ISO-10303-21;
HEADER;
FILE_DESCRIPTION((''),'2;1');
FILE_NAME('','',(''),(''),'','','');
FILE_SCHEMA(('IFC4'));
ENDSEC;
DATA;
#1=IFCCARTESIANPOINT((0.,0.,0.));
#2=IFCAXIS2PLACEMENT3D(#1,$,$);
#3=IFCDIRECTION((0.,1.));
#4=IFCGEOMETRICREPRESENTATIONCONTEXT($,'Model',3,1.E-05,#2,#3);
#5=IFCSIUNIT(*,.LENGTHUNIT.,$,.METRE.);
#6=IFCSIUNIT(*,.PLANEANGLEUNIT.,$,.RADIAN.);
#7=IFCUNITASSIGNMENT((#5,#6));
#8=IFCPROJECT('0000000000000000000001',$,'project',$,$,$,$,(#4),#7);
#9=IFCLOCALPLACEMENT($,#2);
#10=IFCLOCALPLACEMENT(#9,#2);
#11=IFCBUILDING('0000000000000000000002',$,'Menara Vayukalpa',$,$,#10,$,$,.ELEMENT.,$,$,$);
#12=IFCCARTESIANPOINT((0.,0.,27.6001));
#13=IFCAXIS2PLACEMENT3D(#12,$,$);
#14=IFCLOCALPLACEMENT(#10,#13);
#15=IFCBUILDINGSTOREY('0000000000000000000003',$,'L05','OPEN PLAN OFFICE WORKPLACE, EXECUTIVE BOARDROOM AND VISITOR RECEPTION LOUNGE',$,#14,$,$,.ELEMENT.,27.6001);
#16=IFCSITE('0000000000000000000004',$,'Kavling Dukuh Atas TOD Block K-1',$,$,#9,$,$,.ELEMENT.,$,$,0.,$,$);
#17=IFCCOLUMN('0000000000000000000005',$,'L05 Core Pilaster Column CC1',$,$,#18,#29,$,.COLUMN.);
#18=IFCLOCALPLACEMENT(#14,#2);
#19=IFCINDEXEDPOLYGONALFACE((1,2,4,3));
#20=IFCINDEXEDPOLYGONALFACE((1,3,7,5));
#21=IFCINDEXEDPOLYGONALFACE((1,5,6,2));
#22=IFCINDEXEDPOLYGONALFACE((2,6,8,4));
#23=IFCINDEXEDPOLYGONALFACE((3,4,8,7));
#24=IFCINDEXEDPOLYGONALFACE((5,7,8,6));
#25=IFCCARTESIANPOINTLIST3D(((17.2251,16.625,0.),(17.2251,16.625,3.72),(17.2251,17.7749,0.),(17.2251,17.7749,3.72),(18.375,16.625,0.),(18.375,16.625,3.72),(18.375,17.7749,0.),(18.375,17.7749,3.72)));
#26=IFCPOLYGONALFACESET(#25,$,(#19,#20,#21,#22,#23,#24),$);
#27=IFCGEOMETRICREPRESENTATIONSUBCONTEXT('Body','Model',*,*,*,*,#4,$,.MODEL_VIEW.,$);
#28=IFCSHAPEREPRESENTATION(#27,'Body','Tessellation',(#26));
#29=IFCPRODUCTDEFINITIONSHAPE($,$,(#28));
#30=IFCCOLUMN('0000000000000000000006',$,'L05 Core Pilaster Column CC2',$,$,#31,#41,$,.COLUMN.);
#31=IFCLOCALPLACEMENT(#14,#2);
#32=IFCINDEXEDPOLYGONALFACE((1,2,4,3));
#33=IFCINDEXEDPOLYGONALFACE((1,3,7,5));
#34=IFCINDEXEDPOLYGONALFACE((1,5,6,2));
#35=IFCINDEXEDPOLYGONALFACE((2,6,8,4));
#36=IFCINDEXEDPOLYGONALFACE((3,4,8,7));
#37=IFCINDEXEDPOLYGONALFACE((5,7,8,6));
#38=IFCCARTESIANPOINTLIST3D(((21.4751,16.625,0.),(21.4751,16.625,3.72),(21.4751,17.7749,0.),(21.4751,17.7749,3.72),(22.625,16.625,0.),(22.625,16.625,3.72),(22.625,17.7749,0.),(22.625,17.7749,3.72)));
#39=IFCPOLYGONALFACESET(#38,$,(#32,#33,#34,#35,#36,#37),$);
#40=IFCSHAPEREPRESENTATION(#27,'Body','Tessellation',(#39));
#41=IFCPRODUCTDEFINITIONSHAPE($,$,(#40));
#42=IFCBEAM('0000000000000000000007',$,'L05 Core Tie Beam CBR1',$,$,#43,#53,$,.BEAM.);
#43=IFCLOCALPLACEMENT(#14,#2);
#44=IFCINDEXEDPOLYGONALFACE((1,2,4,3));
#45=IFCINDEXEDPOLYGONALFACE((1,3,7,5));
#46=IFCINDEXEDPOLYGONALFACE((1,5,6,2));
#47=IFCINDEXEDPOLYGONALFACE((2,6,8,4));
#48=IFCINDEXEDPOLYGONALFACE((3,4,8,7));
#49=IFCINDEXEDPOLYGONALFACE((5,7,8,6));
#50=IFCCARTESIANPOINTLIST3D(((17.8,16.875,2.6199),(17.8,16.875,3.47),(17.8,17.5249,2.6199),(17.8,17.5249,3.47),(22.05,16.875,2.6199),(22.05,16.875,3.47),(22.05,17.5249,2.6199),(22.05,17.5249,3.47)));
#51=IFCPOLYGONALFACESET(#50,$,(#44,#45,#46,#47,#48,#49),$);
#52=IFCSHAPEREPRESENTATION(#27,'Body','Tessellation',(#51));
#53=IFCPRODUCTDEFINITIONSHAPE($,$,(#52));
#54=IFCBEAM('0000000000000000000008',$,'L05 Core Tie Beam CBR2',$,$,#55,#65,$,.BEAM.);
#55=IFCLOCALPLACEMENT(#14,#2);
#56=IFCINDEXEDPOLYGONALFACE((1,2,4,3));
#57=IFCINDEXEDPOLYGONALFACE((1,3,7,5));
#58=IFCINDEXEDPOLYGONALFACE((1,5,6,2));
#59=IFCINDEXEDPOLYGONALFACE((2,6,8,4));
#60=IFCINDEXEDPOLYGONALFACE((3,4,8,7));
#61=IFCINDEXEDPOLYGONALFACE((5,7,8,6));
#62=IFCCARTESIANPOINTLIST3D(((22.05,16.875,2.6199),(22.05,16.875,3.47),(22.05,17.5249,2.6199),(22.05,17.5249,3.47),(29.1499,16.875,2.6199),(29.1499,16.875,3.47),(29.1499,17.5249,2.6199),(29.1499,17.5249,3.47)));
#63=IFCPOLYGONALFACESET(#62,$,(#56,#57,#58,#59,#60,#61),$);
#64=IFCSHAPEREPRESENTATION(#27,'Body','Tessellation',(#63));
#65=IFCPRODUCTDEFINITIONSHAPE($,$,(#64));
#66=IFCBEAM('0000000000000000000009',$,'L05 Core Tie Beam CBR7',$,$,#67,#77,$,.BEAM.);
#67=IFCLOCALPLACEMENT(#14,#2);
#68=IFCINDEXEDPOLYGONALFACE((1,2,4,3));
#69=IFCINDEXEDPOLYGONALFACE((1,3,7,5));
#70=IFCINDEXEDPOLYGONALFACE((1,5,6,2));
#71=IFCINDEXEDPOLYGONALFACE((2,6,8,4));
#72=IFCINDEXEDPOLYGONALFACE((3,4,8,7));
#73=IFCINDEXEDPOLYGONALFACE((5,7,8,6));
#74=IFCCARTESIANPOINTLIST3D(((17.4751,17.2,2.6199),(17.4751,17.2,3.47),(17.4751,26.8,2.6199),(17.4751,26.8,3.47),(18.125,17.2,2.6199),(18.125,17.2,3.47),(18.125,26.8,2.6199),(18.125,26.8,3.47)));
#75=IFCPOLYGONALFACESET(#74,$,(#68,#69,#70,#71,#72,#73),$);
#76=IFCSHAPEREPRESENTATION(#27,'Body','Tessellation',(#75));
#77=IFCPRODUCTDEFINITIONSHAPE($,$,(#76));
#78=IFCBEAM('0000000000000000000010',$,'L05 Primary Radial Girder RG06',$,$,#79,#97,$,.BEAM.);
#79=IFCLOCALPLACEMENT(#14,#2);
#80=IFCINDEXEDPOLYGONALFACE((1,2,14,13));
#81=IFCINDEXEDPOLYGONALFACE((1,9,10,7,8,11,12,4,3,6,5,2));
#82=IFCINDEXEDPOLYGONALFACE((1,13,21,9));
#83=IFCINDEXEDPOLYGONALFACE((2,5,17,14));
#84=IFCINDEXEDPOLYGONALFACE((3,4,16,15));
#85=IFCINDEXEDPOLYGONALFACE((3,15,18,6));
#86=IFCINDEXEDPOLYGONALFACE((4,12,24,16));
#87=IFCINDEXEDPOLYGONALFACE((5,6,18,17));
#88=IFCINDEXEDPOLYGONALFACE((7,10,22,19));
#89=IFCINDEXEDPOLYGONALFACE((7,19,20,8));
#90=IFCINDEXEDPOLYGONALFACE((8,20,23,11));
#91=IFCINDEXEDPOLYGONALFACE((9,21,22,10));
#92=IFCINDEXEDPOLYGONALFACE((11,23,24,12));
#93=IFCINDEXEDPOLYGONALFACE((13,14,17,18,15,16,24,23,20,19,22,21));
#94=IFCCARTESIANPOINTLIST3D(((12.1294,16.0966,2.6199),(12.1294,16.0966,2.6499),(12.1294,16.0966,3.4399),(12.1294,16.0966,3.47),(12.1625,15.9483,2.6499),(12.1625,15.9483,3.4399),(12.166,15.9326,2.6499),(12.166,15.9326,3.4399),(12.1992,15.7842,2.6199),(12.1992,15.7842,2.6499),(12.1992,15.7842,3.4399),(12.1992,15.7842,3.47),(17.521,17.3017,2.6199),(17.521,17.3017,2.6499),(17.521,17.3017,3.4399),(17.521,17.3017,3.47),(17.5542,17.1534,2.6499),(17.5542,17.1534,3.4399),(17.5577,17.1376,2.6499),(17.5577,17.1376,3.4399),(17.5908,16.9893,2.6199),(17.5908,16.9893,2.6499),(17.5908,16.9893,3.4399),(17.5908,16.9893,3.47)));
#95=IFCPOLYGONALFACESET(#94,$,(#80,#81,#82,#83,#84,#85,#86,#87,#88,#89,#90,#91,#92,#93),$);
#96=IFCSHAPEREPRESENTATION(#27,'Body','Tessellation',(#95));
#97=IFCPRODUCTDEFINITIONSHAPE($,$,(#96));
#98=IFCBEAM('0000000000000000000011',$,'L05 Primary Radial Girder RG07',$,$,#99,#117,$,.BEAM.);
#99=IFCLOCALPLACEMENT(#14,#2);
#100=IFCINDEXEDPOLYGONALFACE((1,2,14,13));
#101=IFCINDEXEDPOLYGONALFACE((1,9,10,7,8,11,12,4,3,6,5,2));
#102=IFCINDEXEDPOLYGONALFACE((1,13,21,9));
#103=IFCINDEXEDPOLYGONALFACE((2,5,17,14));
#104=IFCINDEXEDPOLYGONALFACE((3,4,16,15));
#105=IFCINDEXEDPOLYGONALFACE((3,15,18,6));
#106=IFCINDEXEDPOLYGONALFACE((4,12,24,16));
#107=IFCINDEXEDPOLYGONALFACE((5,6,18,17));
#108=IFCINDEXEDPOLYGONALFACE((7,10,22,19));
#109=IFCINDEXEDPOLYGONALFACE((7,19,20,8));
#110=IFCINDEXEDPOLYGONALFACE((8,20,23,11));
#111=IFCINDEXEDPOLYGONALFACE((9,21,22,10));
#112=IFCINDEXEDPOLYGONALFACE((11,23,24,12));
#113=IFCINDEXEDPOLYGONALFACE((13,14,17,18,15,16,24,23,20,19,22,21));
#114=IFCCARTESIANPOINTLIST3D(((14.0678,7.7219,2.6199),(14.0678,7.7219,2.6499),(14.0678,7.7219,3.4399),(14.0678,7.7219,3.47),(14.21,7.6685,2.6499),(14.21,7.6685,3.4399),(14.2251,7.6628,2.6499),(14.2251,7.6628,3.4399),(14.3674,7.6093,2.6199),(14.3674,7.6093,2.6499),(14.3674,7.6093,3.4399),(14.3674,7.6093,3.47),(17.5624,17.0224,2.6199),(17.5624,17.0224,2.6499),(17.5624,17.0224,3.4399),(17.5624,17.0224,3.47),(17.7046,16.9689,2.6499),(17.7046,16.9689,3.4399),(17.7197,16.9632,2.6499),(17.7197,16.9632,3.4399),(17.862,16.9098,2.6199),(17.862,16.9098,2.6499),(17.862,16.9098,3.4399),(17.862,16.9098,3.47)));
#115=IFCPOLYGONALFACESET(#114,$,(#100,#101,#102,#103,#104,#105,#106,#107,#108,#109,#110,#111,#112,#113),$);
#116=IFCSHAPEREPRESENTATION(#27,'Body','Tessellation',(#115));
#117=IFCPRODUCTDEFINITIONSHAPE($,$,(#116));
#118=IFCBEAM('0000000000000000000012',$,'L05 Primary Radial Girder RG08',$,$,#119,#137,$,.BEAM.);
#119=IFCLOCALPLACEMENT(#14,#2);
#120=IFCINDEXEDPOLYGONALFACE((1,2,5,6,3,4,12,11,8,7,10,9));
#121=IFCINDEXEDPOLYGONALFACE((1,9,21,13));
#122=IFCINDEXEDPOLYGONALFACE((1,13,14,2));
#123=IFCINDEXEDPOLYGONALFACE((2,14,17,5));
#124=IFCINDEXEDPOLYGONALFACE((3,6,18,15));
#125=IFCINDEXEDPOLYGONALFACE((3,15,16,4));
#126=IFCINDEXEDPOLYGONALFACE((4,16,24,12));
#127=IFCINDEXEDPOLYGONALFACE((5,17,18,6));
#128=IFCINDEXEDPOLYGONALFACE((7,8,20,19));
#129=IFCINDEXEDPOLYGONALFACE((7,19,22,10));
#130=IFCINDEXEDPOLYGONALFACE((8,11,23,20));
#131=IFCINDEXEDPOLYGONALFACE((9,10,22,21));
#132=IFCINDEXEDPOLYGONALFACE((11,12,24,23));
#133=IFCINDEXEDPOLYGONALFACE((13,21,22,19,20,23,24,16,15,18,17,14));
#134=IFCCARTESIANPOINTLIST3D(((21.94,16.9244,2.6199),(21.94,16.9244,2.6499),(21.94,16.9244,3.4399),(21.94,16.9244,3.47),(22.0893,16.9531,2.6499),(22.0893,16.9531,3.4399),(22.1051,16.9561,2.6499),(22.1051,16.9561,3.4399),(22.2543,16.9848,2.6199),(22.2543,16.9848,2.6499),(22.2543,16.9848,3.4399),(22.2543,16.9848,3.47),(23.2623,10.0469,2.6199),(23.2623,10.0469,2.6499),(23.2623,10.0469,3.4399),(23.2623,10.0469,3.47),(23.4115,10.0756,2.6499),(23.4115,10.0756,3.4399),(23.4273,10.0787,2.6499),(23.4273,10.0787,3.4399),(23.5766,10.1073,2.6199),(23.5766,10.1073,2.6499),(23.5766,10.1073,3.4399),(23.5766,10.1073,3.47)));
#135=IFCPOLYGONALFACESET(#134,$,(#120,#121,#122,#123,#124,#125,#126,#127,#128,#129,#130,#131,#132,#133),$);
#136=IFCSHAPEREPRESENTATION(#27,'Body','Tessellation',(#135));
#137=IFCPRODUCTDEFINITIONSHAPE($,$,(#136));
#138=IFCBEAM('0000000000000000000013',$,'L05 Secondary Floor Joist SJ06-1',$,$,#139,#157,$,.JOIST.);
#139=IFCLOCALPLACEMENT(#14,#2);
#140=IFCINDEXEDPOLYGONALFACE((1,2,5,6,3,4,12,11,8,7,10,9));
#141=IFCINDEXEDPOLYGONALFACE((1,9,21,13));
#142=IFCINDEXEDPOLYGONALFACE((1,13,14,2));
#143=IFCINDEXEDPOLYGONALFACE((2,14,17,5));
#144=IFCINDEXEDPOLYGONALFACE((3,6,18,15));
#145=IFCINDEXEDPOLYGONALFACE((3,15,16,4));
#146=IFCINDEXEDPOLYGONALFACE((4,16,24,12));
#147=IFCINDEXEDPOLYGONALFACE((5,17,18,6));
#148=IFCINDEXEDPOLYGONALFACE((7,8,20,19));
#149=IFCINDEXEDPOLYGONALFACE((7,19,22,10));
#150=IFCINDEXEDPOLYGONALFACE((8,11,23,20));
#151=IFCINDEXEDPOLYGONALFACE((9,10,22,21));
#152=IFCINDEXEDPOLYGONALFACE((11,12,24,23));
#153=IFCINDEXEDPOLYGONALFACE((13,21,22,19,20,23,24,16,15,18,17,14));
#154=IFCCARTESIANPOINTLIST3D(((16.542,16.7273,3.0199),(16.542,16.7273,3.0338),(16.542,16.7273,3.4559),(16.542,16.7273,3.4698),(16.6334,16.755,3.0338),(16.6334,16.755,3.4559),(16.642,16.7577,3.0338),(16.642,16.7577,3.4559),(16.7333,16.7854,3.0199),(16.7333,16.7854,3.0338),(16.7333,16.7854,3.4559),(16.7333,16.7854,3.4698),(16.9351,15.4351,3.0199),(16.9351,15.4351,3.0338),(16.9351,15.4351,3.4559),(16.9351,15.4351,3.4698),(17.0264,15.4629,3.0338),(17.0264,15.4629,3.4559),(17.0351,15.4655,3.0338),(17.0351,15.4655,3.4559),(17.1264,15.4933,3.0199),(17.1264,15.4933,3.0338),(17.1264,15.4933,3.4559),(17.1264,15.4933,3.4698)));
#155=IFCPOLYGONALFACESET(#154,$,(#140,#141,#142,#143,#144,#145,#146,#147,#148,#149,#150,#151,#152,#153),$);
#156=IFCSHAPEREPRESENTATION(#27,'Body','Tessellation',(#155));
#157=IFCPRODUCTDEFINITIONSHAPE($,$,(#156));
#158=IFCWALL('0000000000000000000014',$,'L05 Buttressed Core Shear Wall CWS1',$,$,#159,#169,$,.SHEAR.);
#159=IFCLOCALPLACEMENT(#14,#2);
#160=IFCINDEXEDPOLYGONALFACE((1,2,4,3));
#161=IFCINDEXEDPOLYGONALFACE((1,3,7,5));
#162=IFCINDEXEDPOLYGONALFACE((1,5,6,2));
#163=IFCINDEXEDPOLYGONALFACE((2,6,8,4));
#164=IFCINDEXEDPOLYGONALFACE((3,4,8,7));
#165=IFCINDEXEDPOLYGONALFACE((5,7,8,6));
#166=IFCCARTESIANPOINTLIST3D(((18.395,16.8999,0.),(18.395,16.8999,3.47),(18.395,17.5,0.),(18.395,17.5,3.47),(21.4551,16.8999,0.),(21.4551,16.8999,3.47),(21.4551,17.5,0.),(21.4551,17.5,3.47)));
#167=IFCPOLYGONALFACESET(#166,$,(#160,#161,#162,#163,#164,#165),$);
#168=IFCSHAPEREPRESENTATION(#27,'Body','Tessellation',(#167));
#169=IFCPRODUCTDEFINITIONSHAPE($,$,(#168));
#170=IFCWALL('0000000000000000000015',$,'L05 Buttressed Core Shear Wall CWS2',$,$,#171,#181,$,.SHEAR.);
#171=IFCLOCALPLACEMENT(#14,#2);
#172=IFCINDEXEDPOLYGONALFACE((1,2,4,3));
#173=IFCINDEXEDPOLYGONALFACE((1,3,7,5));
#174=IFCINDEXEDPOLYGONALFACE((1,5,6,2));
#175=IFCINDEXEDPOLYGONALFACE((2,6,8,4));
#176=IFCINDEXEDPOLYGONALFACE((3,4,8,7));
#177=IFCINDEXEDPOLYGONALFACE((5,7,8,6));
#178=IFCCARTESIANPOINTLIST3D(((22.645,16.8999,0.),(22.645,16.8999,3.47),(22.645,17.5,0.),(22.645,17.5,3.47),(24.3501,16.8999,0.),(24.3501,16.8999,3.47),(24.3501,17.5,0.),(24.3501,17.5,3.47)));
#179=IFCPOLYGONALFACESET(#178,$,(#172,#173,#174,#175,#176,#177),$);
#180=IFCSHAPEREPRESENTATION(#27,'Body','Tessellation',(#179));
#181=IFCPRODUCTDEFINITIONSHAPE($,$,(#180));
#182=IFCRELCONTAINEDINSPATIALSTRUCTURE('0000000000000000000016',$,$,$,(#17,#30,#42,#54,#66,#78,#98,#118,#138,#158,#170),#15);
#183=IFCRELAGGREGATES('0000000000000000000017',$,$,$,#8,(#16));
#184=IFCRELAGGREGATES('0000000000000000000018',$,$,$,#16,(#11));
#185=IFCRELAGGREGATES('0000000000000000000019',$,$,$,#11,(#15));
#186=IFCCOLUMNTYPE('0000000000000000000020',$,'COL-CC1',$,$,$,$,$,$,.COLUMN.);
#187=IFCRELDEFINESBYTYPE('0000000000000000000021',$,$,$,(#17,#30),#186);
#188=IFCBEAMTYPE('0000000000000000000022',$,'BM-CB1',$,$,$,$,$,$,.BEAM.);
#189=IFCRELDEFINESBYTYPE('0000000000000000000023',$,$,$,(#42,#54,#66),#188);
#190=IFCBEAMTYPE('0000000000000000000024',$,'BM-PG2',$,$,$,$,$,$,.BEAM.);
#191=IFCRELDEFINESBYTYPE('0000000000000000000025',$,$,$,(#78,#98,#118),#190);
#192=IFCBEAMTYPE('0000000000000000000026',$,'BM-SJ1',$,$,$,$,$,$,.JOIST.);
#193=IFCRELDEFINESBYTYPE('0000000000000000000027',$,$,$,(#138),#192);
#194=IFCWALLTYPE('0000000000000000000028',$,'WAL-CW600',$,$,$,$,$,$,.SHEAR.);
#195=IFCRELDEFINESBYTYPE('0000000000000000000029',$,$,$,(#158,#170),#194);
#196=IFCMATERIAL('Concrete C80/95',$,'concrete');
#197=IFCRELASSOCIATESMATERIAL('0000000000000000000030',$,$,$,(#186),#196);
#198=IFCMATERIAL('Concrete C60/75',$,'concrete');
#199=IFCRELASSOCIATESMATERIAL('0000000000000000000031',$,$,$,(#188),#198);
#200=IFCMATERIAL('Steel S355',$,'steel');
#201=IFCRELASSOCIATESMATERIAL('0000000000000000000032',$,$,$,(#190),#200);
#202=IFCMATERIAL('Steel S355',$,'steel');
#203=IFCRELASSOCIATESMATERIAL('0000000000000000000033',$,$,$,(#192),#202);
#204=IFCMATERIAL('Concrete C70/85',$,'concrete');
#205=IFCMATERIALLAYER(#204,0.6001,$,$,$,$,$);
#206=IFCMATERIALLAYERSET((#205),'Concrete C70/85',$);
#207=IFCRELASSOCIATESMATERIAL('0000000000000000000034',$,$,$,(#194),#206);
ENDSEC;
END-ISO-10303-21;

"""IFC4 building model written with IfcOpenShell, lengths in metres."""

from ifc_helpers import new_model, si_unit, direction, frame, frame_2d, origin, origin_2d, place, context, subcontext, project, spatial, rectangle, i_section, extrude, material, layer, layer_set, material_profile, profile_set, type_object, element, save


model = new_model("IFC4")

# Units and contexts
model_context = context("Model", 3, precision=1e-05, world=origin(), true_north=direction((0.0, 1.0)))
body_context = subcontext(model_context, "Body", "Model", "MODEL_VIEW")
ifc_project = project(units=[si_unit("LENGTHUNIT", "METRE"), si_unit("PLANEANGLEUNIT", "RADIAN")], contexts=[model_context])

# Site, building, storey
site_placement = place(None, origin())
site = spatial("IfcSite", under=ifc_project, at=site_placement, Name="Kavling Dukuh Atas TOD Block K-1", CompositionType="ELEMENT", RefElevation=0.0)
building_placement = place(site_placement, origin())
building = spatial("IfcBuilding", under=site, at=building_placement, Name="Menara Vayukalpa", CompositionType="ELEMENT")
storey_placement = place(building_placement, frame((0.0, 0.0, 27.6001)))
storey = spatial("IfcBuildingStorey", under=building, at=storey_placement, Name="L05", Description="OPEN PLAN OFFICE WORKPLACE, EXECUTIVE BOARDROOM AND VISITOR RECEPTION LOUNGE", CompositionType="ELEMENT", Elevation=27.6001)

# Columns
ifc_material_1 = material(Name="Concrete C80/95", Category="concrete")
ifc_material_profile_1 = material_profile(ifc_material_1, rectangle(XDim=1.1499, YDim=1.1499, at=origin_2d()), Name="RC 1150x1150")
ifc_profile_set_1 = profile_set([ifc_material_profile_1], Name="Concrete C80/95")
column_type = type_object("IfcColumnType", Name="COL-CC1", PredefinedType="COLUMN", material=ifc_profile_set_1)
for number, where, z_axis, x_axis, name in (
    (1, (17.8, 17.2, 0.0), (0.0, 0.0, 1.0), (1.0, 0.0, 0.0), "L05 Core Pilaster Column CC1"),
    (2, (22.05, 17.2, 0.0), (0.0, 0.0, 1.0), (1.0, 0.0, 0.0), "L05 Core Pilaster Column CC2"),
):
    element("IfcColumn", number, at=place(storey_placement, frame(where, z_axis=z_axis, x_axis=x_axis)), inside=storey, type_object=column_type, Name=name, PredefinedType="COLUMN", context=body_context, shape_type="SweptSolid", body=[
        extrude(rectangle(XDim=1.1499, YDim=1.1499, at=origin_2d()), origin(), (0.0, 0.0, 1.0), 3.72),
    ])

# Beams
ifc_material_2 = material(Name="Concrete C60/75", Category="concrete")
ifc_material_profile_2 = material_profile(ifc_material_2, rectangle(XDim=0.6499, YDim=0.8501, at=origin_2d()), Name="RC 650x850")
ifc_profile_set_2 = profile_set([ifc_material_profile_2], Name="Concrete C60/75")
beam_type_1 = type_object("IfcBeamType", Name="BM-CB1", PredefinedType="BEAM", material=ifc_profile_set_2)
beam_1_placement = place(storey_placement, frame((17.8, 17.2, 3.0449), z_axis=(1.0, 0.0, 0.0), x_axis=(0.0, 1.0, 0.0)))
element("IfcBeam", 3, at=beam_1_placement, inside=storey, type_object=beam_type_1, Name="L05 Core Tie Beam CBR1", PredefinedType="BEAM", context=body_context, shape_type="SweptSolid", body=[
    extrude(rectangle(XDim=0.6499, YDim=0.8501, at=origin_2d()), origin(), (0.0, 0.0, 1.0), 4.25),
])
beam_2_placement = place(storey_placement, frame((22.05, 17.2, 3.0449), z_axis=(1.0, 0.0, 0.0), x_axis=(0.0, 1.0, 0.0)))
element("IfcBeam", 4, at=beam_2_placement, inside=storey, type_object=beam_type_1, Name="L05 Core Tie Beam CBR2", PredefinedType="BEAM", context=body_context, shape_type="SweptSolid", body=[
    extrude(rectangle(XDim=0.6499, YDim=0.8501, at=origin_2d()), origin(), (0.0, 0.0, 1.0), 7.0999),
])
beam_3_placement = place(storey_placement, frame((17.8, 17.2, 3.0449), z_axis=(0.0, 1.0, 0.0), x_axis=(-1.0, 0.0, 0.0)))
element("IfcBeam", 5, at=beam_3_placement, inside=storey, type_object=beam_type_1, Name="L05 Core Tie Beam CBR7", PredefinedType="BEAM", context=body_context, shape_type="SweptSolid", body=[
    extrude(rectangle(XDim=0.6499, YDim=0.8501, at=origin_2d()), origin(), (0.0, 0.0, 1.0), 9.6001),
])
ifc_material_3 = material(Name="Steel S355", Category="steel")
ifc_material_profile_3 = material_profile(ifc_material_3, i_section(OverallWidth=0.3201, OverallDepth=0.8501, WebThickness=0.0161, FlangeThickness=0.03, at=origin_2d()), Name="WF 850x320x16x30")
ifc_profile_set_3 = profile_set([ifc_material_profile_3], Name="Steel S355")
beam_type_2 = type_object("IfcBeamType", Name="BM-PG2", PredefinedType="BEAM", material=ifc_profile_set_3)
beam_4_placement = place(storey_placement, frame((17.5559, 17.1455, 3.0449), z_axis=(-0.97592, -0.218128, 0.0), x_axis=(0.218128, -0.97592, 0.0)))
element("IfcBeam", 6, at=beam_4_placement, inside=storey, type_object=beam_type_2, Name="L05 Primary Radial Girder RG06", PredefinedType="BEAM", context=body_context, shape_type="SweptSolid", body=[
    extrude(i_section(OverallWidth=0.3201, OverallDepth=0.8501, WebThickness=0.0161, FlangeThickness=0.03, at=origin_2d()), origin(), (0.0, 0.0, 1.0), 5.5247),
])
beam_5_placement = place(storey_placement, frame((17.7122, 16.9661, 3.0449), z_axis=(-0.351735, -0.9361, 0.0), x_axis=(0.9361, -0.351735, 0.0)))
element("IfcBeam", 7, at=beam_5_placement, inside=storey, type_object=beam_type_2, Name="L05 Primary Radial Girder RG07", PredefinedType="BEAM", context=body_context, shape_type="SweptSolid", body=[
    extrude(i_section(OverallWidth=0.3201, OverallDepth=0.8501, WebThickness=0.0161, FlangeThickness=0.03, at=origin_2d()), origin(), (0.0, 0.0, 1.0), 9.9353),
])
beam_6_placement = place(storey_placement, frame((22.0972, 16.9546, 3.0449), z_axis=(0.188803, -0.982015, 0.0), x_axis=(0.982015, 0.188803, 0.0)))
element("IfcBeam", 8, at=beam_6_placement, inside=storey, type_object=beam_type_2, Name="L05 Primary Radial Girder RG08", PredefinedType="BEAM", context=body_context, shape_type="SweptSolid", body=[
    extrude(i_section(OverallWidth=0.3201, OverallDepth=0.8501, WebThickness=0.0161, FlangeThickness=0.03, at=origin_2d()), origin(), (0.0, 0.0, 1.0), 7.0034),
])
ifc_material_4 = material(Name="Steel S355", Category="steel")
ifc_material_profile_4 = material_profile(ifc_material_4, i_section(OverallWidth=0.2, OverallDepth=0.45, WebThickness=0.009, FlangeThickness=0.0139, at=origin_2d()), Name="WF 450x200x9x14")
ifc_profile_set_4 = profile_set([ifc_material_profile_4], Name="Steel S355")
beam_type_3 = type_object("IfcBeamType", Name="BM-SJ1", PredefinedType="JOIST", material=ifc_profile_set_4)
beam_7_placement = place(storey_placement, frame((16.6377, 16.7563, 3.2449), z_axis=(0.291011, -0.95672, 0.0), x_axis=(0.95672, 0.291011, 0.0)))
element("IfcBeam", 9, at=beam_7_placement, inside=storey, type_object=beam_type_3, Name="L05 Secondary Floor Joist SJ06-1", PredefinedType="JOIST", context=body_context, shape_type="SweptSolid", body=[
    extrude(i_section(OverallWidth=0.2, OverallDepth=0.45, WebThickness=0.009, FlangeThickness=0.0139, at=origin_2d()), origin(), (0.0, 0.0, 1.0), 1.3506),
])

# Walls
ifc_material_5 = material(Name="Concrete C70/85", Category="concrete")
ifc_layer_1 = layer(ifc_material_5, 0.6001)
ifc_layer_set_1 = layer_set([ifc_layer_1], Name="Concrete C70/85")
wall_type_1 = type_object("IfcWallType", Name="WAL-CW600", PredefinedType="SHEAR", material=ifc_layer_set_1)
wall_1_placement = place(storey_placement, frame((18.395, 17.2, 0.0), z_axis=(0.0, 0.0, 1.0), x_axis=(1.0, 0.0, 0.0)))
element("IfcWall", 10, at=wall_1_placement, inside=storey, type_object=wall_type_1, Name="L05 Buttressed Core Shear Wall CWS1", PredefinedType="SHEAR", context=body_context, shape_type="SweptSolid", body=[
    extrude(rectangle(XDim=3.0601, YDim=0.6001, at=frame_2d((1.53, 0.0))), origin(), (0.0, 0.0, 1.0), 3.47),
])
wall_2_placement = place(storey_placement, frame((22.645, 17.2, 0.0), z_axis=(0.0, 0.0, 1.0), x_axis=(1.0, 0.0, 0.0)))
element("IfcWall", 11, at=wall_2_placement, inside=storey, type_object=wall_type_1, Name="L05 Buttressed Core Shear Wall CWS2", PredefinedType="SHEAR", context=body_context, shape_type="SweptSolid", body=[
    extrude(rectangle(XDim=1.7051, YDim=0.6001, at=frame_2d((0.8525, 0.0))), origin(), (0.0, 0.0, 1.0), 3.47),
])

save(model, "model.ifc")
